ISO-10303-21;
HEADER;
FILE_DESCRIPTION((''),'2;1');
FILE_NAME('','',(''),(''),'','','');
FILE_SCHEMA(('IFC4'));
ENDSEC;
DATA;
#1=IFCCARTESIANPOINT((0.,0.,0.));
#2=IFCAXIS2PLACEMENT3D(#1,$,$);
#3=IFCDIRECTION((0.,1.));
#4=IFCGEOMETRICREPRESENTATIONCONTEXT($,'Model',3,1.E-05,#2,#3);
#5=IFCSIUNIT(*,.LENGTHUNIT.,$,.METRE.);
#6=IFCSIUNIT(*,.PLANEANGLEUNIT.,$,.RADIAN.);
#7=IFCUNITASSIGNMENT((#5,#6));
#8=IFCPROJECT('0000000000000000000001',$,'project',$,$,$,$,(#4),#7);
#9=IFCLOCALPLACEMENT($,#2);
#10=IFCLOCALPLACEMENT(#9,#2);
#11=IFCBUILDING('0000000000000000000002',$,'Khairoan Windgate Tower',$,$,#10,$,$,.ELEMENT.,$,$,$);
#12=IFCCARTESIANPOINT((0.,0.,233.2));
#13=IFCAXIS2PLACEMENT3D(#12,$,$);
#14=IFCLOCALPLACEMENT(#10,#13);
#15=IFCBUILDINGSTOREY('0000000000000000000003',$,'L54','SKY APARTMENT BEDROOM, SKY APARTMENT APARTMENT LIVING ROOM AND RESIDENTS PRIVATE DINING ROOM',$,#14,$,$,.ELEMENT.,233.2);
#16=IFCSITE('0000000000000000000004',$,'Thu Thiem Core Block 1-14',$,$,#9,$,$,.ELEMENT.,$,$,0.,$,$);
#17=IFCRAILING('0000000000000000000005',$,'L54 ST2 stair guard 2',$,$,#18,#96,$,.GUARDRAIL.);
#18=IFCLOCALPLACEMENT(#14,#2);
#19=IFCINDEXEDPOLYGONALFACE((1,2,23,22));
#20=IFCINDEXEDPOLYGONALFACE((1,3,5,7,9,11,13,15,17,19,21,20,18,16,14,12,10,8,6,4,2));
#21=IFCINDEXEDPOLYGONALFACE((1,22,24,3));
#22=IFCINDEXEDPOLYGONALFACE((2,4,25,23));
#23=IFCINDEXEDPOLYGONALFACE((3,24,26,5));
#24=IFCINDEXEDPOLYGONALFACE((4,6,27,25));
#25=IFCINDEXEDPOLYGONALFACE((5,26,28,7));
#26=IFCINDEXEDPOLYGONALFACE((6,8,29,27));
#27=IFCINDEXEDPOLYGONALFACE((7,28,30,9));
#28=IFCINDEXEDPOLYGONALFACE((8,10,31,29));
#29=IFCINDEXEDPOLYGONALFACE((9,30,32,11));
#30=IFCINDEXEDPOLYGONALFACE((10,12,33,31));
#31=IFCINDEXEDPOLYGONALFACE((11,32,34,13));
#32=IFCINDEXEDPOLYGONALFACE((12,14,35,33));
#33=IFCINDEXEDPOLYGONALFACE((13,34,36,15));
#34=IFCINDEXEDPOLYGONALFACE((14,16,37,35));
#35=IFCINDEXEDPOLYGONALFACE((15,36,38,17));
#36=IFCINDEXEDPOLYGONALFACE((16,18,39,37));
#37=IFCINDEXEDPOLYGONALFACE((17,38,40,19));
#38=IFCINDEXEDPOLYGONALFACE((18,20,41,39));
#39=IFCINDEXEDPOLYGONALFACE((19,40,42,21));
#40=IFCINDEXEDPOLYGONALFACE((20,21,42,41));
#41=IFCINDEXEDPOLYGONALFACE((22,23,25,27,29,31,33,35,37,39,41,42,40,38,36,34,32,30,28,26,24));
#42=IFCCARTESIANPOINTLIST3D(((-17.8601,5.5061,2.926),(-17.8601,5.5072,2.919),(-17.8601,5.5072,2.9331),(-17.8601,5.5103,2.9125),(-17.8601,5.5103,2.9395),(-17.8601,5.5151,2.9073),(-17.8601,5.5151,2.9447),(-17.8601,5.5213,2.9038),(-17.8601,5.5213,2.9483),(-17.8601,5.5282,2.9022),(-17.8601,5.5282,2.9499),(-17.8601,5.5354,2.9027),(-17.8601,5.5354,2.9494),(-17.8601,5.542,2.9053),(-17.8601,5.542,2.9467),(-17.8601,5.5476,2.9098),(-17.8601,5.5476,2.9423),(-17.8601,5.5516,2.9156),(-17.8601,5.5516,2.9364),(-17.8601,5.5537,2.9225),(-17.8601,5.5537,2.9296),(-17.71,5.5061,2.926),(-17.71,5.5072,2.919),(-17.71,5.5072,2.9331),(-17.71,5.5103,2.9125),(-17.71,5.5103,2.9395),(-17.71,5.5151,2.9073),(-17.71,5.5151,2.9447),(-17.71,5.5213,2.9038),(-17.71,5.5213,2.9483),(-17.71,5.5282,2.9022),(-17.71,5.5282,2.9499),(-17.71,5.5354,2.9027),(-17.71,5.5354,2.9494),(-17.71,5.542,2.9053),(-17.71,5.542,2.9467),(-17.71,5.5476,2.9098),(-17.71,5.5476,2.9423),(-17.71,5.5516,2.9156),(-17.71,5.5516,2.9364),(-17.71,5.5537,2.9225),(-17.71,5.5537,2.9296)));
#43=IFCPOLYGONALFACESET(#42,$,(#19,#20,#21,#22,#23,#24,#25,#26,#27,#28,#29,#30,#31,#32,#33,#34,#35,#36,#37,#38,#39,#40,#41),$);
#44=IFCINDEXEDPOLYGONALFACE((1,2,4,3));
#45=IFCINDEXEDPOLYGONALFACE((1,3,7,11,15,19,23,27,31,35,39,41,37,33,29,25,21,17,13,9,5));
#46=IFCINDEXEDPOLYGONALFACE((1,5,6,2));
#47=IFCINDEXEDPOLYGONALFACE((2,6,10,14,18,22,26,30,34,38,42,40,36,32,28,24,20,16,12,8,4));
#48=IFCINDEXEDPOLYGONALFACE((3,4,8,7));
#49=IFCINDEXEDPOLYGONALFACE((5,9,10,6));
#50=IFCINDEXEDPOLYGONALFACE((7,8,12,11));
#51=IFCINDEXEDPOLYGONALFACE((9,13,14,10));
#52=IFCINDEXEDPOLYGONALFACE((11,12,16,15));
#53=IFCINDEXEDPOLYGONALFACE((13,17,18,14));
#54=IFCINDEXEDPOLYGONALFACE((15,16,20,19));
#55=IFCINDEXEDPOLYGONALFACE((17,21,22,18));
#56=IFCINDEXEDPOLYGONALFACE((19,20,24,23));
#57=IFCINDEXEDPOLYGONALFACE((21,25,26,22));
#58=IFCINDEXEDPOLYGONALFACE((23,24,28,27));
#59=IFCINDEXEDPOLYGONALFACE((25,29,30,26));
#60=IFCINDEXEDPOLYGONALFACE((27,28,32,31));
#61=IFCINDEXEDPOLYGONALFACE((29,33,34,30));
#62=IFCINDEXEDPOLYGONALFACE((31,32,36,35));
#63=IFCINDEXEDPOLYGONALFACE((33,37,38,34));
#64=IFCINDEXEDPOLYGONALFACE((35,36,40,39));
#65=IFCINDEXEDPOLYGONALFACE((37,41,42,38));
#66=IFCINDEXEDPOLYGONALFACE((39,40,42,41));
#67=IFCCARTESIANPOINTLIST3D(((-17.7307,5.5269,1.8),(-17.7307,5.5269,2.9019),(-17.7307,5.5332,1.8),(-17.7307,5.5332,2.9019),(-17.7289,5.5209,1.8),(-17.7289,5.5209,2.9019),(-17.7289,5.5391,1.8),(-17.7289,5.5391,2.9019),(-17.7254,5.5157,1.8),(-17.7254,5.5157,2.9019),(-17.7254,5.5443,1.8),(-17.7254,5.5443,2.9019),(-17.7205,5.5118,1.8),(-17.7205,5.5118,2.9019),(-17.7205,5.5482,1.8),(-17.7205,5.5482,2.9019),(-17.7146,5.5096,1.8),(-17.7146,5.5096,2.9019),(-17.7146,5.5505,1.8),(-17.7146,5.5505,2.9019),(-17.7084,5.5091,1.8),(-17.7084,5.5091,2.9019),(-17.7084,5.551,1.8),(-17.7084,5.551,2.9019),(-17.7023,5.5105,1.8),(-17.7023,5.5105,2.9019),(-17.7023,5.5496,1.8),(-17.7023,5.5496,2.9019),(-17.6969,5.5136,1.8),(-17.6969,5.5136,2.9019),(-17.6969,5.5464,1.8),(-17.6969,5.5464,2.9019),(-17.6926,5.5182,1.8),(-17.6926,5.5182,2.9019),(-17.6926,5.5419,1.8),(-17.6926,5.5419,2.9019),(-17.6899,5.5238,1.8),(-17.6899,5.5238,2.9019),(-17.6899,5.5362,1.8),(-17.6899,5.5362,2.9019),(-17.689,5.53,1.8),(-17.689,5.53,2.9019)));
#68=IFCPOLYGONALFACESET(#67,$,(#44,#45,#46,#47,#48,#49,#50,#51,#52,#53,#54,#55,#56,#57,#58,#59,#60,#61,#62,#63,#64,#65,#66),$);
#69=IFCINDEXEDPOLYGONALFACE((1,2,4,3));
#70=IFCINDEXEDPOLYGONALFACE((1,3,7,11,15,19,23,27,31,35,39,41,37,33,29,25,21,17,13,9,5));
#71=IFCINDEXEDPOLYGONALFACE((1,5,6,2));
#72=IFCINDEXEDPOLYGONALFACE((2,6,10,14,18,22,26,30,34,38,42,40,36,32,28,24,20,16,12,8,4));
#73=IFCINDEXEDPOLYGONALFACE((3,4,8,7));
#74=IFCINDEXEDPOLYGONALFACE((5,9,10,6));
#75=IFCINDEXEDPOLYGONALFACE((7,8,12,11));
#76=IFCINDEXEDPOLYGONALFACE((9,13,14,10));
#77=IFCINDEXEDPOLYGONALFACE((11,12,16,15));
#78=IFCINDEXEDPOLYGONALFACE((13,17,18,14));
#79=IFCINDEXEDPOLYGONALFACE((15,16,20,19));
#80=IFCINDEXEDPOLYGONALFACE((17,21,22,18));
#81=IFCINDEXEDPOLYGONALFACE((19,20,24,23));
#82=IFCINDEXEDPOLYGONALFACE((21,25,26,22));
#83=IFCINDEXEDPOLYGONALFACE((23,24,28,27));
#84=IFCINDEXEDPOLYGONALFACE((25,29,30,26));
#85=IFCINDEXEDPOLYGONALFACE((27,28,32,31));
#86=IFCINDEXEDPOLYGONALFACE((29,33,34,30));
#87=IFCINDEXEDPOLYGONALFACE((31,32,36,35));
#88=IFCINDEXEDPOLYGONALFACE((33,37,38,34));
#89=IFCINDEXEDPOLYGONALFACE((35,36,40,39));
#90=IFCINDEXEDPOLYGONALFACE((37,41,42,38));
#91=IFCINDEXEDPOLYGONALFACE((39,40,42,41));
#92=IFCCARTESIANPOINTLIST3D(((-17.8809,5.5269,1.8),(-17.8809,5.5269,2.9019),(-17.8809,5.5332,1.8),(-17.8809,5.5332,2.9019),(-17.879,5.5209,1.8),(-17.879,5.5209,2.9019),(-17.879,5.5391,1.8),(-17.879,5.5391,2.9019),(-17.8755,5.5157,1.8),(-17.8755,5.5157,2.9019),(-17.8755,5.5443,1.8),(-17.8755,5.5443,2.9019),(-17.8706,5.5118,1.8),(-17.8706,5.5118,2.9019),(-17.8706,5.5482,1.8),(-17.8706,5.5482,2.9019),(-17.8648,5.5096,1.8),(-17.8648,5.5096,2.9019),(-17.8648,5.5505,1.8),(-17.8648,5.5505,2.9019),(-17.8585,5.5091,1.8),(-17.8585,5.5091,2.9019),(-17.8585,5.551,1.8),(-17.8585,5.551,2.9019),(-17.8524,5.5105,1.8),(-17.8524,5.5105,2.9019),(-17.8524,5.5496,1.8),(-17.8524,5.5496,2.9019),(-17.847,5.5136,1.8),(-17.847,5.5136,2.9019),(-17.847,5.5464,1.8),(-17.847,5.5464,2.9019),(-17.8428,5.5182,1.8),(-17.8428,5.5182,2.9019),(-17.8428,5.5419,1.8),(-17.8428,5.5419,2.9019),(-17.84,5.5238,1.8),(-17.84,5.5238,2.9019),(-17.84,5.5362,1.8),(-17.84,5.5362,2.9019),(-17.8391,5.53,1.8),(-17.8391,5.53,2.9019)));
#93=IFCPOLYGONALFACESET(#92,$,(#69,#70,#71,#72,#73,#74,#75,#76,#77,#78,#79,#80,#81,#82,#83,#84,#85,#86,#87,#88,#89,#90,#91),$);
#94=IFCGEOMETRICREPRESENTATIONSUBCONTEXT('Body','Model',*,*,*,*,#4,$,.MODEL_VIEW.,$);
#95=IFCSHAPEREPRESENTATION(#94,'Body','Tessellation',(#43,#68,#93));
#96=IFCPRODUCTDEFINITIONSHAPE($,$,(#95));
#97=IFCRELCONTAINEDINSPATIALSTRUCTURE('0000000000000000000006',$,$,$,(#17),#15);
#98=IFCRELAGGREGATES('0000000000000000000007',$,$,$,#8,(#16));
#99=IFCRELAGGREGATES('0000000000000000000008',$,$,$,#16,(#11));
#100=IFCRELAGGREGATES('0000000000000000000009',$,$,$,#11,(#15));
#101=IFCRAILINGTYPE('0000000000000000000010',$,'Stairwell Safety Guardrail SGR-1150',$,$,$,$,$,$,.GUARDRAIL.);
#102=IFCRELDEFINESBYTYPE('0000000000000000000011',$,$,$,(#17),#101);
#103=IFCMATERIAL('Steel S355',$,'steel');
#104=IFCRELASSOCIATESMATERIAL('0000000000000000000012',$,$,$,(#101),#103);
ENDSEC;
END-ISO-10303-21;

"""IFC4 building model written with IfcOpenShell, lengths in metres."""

from ifc_helpers import new_model, si_unit, direction, frame, origin, origin_2d, place, context, subcontext, project, spatial, circle, extrude, material, type_object, element, save


model = new_model("IFC4")

# Units and contexts
model_context = context("Model", 3, precision=1e-05, world=origin(), true_north=direction((0.0, 1.0)))
body_context = subcontext(model_context, "Body", "Model", "MODEL_VIEW")
ifc_project = project(units=[si_unit("LENGTHUNIT", "METRE"), si_unit("PLANEANGLEUNIT", "RADIAN")], contexts=[model_context])

# Site, building, storey
site_placement = place(None, origin())
site = spatial("IfcSite", under=ifc_project, at=site_placement, Name="Thu Thiem Core Block 1-14", CompositionType="ELEMENT", RefElevation=0.0)
building_placement = place(site_placement, origin())
building = spatial("IfcBuilding", under=site, at=building_placement, Name="Khairoan Windgate Tower", CompositionType="ELEMENT")
storey_placement = place(building_placement, frame((0.0, 0.0, 233.2)))
storey = spatial("IfcBuildingStorey", under=building, at=storey_placement, Name="L54", Description="SKY APARTMENT BEDROOM, SKY APARTMENT APARTMENT LIVING ROOM AND RESIDENTS PRIVATE DINING ROOM", CompositionType="ELEMENT", Elevation=233.2)

# Railing
ifc_material_1 = material(Name="Steel S355", Category="steel")
railing_type_1 = type_object("IfcRailingType", Name="Stairwell Safety Guardrail SGR-1150", PredefinedType="GUARDRAIL", material=ifc_material_1)
railing_1_placement = place(storey_placement, frame((-17.71, 5.53, 1.8)))
element("IfcRailing", 1, at=railing_1_placement, inside=storey, type_object=railing_type_1, Name="L54 ST2 stair guard 2", PredefinedType="GUARDRAIL", context=body_context, shape_type="SweptSolid", body=[
    extrude(circle(Radius=0.0239, at=origin_2d()), frame((0.0, 0.0, 1.126), z_axis=(-1.0, 0.0, 0.0), x_axis=(0.0, -1.0, 0.0)), (0.0, 0.0, 1.0), 0.1501),
    extrude(circle(Radius=0.021, at=origin_2d()), origin(), (0.0, 0.0, 1.0), 1.1018),
    extrude(circle(Radius=0.021, at=origin_2d()), frame((-0.1501, 0.0, 0.0)), (0.0, 0.0, 1.0), 1.1018),
])

save(model, "model.ifc")
